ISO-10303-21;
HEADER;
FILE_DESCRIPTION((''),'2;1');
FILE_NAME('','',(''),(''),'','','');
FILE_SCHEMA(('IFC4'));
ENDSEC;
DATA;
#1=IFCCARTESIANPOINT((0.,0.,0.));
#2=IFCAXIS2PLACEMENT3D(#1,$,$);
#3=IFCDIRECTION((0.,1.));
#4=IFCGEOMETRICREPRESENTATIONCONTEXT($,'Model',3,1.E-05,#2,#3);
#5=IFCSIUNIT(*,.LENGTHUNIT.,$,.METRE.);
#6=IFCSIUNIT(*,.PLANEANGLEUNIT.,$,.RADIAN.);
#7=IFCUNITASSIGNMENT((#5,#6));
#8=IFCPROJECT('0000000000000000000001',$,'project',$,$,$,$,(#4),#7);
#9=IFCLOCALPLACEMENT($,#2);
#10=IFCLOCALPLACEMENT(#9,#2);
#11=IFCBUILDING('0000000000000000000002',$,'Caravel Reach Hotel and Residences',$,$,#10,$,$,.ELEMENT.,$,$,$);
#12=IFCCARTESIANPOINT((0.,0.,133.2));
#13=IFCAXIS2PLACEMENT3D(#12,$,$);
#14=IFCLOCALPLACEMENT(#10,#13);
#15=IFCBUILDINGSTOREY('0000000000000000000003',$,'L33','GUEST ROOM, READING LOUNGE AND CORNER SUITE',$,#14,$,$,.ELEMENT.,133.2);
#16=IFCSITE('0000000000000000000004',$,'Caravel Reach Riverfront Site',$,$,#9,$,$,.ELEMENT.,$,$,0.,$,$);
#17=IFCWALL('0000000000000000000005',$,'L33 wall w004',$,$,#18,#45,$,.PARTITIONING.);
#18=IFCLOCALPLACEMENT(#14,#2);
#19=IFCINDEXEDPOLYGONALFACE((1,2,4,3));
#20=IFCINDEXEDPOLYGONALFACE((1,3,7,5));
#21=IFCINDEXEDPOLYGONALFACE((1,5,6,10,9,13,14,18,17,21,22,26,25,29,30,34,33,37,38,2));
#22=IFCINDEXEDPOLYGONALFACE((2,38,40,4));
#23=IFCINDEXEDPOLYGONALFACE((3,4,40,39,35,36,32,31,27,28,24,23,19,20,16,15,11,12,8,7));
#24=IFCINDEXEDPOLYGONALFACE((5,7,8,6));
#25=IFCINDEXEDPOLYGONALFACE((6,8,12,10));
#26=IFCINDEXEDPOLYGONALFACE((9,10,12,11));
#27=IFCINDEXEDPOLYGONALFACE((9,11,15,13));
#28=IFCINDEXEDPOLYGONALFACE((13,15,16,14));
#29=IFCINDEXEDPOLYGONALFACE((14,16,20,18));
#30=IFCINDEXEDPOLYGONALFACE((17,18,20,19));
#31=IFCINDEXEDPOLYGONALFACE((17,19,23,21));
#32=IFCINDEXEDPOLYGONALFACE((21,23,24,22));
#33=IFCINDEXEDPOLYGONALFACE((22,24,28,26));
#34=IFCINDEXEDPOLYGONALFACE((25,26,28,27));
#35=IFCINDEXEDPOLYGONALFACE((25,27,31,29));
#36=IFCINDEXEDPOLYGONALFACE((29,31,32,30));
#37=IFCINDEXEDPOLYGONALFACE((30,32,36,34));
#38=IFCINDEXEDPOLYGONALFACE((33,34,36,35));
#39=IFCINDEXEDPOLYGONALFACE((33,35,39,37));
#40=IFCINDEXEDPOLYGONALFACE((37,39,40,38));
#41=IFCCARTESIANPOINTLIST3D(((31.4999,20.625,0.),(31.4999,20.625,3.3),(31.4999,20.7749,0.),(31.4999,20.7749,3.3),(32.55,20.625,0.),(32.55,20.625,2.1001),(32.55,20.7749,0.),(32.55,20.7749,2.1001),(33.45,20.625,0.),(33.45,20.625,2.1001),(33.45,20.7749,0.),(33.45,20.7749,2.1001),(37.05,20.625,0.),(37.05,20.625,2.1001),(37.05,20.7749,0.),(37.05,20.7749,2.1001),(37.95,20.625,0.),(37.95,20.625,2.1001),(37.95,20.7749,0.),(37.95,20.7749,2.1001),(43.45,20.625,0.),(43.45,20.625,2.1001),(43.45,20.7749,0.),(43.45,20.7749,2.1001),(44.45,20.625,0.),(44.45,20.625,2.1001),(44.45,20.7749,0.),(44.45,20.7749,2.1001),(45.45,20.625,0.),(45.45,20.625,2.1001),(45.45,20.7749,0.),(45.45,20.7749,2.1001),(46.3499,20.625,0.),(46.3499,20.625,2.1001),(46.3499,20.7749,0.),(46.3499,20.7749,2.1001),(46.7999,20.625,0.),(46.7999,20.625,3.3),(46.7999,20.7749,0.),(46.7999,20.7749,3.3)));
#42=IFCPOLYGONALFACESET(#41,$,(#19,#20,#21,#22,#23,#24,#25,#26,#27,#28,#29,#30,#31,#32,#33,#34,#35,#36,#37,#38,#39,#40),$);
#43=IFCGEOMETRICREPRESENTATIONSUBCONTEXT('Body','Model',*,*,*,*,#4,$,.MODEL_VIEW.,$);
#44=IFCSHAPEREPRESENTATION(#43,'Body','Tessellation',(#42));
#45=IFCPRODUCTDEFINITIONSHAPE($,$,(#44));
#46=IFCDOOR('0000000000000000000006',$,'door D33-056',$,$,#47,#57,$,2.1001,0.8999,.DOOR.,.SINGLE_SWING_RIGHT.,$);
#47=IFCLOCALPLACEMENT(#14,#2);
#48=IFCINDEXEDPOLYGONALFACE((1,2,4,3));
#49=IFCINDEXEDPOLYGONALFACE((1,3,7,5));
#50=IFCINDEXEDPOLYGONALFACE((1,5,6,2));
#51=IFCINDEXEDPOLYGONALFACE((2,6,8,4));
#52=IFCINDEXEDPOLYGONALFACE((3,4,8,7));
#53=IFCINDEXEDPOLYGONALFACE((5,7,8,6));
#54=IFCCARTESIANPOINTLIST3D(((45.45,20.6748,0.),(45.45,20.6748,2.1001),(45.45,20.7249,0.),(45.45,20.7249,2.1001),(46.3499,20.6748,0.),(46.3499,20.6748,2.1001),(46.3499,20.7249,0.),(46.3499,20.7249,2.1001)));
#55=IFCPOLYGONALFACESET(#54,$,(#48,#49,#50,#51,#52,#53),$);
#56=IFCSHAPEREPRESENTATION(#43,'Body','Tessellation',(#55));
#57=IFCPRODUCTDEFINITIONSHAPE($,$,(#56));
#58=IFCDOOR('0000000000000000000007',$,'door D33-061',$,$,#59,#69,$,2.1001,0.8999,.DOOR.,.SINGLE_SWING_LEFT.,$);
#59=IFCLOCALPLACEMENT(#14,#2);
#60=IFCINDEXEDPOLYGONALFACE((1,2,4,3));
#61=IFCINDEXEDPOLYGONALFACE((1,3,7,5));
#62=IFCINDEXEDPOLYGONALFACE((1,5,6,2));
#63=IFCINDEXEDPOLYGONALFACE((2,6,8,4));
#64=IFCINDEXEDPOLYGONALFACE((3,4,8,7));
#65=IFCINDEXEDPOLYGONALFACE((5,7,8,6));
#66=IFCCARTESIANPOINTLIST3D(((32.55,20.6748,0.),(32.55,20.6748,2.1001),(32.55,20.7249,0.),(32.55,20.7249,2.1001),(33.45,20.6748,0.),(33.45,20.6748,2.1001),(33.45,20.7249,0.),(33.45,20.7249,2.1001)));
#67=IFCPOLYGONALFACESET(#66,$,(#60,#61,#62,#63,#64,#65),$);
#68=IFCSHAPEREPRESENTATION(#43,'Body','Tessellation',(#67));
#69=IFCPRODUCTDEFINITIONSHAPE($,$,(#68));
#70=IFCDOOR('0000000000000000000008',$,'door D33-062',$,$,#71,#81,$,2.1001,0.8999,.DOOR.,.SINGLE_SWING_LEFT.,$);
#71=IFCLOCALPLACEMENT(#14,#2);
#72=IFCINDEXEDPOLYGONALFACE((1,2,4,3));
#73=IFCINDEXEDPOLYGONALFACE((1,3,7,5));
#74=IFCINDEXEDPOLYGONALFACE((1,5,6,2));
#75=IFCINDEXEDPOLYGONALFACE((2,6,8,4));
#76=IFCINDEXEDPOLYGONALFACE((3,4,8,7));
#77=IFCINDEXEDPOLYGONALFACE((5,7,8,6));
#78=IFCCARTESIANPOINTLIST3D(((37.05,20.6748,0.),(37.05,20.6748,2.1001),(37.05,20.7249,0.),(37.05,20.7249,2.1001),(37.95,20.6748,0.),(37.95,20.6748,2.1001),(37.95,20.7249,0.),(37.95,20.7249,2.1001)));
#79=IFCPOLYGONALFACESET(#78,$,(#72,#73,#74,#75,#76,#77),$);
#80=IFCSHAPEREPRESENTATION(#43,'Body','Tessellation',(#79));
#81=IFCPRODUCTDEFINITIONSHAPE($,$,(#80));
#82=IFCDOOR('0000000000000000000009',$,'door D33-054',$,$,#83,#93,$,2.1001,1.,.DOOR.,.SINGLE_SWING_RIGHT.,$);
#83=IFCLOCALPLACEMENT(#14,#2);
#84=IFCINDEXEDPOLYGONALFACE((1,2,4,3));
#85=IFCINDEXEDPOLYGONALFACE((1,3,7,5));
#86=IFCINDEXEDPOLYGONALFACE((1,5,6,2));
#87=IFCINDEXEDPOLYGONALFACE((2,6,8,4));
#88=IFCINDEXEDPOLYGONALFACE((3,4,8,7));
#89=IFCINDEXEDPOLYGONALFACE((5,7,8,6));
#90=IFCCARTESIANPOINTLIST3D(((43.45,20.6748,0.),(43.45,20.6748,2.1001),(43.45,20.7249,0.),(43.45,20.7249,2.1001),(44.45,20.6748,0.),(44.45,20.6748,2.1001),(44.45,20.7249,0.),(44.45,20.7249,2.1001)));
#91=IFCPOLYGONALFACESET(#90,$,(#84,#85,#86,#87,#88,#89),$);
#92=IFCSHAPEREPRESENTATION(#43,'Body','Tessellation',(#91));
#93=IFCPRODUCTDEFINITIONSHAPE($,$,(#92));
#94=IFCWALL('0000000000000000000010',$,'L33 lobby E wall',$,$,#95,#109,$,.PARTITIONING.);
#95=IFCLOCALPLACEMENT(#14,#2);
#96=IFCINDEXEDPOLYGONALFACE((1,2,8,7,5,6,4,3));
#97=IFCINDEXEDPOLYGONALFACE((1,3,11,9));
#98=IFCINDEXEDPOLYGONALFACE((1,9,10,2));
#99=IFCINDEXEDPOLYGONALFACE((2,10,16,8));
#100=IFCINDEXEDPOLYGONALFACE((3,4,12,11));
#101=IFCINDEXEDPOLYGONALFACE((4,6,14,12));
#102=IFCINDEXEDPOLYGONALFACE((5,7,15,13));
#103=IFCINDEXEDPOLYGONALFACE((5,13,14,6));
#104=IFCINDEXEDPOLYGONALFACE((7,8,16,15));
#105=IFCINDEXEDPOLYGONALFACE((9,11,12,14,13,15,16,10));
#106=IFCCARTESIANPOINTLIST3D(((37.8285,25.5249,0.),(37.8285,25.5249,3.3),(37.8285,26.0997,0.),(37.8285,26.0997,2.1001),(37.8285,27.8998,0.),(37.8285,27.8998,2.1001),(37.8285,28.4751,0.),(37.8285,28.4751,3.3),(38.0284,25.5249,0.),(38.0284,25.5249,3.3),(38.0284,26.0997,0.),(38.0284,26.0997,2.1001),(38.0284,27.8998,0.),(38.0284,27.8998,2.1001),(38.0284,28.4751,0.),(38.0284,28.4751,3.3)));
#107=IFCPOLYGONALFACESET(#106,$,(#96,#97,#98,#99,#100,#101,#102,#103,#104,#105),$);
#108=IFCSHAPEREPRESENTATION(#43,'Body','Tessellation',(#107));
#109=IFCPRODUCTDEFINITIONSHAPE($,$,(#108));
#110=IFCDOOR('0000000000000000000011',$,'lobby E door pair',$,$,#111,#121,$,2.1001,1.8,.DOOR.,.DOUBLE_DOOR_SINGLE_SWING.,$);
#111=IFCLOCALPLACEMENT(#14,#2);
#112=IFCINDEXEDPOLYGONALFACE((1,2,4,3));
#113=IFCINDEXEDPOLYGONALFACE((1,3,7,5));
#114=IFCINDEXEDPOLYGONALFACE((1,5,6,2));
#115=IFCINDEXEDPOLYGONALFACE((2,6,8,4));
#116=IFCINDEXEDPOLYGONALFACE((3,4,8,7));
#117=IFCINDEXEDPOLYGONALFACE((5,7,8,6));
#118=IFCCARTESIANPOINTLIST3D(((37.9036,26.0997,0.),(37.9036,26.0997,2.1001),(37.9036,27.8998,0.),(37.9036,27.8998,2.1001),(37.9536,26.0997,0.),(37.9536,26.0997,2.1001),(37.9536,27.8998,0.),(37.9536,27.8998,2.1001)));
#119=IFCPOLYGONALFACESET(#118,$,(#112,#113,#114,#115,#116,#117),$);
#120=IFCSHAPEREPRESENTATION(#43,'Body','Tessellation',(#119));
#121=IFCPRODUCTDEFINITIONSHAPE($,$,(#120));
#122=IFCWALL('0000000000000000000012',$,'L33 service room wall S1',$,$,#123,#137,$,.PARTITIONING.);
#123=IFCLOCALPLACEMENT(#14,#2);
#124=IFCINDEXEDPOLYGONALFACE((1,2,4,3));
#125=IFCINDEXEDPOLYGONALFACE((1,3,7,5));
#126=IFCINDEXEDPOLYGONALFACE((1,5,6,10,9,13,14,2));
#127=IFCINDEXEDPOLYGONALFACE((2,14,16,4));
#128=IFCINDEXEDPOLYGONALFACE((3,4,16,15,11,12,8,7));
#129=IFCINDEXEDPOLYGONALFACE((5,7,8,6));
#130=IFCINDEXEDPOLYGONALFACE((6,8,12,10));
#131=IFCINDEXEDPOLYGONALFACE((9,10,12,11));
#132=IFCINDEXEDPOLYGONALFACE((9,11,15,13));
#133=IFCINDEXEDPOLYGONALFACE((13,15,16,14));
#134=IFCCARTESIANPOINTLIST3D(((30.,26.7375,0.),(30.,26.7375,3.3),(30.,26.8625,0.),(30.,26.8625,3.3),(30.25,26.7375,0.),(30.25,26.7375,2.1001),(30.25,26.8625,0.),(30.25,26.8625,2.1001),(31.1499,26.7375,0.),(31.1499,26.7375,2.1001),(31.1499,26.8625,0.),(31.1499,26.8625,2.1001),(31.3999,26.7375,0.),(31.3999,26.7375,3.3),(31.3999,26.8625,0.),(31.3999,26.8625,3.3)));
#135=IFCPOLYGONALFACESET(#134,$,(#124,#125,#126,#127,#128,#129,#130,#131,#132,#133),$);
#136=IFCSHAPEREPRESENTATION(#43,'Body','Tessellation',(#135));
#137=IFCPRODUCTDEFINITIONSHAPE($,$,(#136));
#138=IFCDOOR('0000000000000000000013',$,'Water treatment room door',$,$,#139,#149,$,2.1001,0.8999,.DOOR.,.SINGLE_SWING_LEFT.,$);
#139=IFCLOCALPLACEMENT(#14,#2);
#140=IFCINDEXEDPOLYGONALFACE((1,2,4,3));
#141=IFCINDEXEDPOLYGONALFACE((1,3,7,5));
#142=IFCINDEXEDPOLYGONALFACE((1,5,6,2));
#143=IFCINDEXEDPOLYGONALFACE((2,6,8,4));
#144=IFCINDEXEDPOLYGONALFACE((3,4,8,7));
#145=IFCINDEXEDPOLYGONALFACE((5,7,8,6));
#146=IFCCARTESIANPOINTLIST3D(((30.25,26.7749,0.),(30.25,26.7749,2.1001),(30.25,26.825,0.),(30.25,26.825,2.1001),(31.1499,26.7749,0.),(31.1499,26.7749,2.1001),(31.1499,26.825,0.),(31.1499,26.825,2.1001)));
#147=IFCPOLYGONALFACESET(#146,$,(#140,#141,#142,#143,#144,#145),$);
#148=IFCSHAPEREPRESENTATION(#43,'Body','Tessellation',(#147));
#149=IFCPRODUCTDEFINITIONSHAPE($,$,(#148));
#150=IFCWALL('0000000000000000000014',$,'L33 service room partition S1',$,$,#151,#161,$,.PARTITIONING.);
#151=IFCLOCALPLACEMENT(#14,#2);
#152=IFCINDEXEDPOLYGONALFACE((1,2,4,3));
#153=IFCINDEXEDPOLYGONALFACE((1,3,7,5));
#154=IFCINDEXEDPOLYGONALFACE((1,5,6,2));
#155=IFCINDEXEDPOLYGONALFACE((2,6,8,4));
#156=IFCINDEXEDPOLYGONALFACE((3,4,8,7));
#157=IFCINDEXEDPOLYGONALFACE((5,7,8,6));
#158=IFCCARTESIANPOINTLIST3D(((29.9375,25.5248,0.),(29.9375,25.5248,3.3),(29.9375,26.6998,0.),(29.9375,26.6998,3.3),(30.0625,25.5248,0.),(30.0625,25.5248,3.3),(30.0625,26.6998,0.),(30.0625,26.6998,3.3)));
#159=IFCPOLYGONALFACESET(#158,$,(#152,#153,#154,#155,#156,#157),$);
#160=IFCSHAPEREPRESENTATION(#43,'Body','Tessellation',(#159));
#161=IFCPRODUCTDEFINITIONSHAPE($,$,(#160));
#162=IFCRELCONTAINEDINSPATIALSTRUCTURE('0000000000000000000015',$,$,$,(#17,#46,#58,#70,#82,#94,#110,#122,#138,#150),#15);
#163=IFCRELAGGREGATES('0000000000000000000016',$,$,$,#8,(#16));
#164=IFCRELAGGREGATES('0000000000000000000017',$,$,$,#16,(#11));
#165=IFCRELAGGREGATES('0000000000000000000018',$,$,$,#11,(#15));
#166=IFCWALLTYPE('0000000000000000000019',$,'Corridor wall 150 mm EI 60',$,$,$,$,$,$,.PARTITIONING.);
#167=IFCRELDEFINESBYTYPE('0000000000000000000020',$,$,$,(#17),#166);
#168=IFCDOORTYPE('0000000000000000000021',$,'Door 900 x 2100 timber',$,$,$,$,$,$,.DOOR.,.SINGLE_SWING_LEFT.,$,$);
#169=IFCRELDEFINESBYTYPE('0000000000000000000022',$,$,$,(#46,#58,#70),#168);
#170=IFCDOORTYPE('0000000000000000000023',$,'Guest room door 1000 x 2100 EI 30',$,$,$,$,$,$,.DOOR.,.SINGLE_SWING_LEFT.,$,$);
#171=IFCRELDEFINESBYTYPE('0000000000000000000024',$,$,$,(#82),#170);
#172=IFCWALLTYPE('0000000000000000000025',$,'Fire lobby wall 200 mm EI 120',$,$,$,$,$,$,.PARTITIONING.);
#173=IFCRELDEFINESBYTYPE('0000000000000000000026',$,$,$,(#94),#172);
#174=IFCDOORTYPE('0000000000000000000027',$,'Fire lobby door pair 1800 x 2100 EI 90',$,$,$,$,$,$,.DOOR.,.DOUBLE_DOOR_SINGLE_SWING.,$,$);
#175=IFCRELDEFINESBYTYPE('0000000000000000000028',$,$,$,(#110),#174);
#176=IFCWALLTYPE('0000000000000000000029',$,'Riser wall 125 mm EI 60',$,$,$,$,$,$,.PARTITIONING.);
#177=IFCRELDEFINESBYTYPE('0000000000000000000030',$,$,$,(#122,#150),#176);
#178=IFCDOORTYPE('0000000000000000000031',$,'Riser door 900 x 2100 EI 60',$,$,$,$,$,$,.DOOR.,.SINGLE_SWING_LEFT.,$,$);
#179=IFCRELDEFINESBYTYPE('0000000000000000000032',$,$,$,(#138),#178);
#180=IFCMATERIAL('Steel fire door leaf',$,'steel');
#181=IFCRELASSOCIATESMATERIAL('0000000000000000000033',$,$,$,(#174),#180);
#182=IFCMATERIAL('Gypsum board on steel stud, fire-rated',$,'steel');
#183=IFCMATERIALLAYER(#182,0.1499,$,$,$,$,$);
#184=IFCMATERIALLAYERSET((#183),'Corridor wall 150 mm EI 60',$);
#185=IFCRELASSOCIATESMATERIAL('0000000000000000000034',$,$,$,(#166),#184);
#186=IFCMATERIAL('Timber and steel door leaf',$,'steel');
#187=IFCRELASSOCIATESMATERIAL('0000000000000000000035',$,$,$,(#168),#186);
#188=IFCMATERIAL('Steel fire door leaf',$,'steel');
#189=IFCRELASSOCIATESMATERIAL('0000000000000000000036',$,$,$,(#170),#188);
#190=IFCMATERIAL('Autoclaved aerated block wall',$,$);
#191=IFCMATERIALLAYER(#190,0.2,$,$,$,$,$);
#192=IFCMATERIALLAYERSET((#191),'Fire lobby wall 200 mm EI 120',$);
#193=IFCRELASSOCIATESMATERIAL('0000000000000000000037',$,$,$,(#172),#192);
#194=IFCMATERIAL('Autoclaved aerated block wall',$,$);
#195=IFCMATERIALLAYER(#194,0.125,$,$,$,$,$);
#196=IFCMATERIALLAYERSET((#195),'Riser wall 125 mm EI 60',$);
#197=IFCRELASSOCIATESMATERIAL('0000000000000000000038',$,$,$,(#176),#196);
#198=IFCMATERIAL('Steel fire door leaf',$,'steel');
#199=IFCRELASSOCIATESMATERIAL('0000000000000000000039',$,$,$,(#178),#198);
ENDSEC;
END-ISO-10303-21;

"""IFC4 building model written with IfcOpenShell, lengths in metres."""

from ifc_helpers import new_model, si_unit, direction, frame, frame_2d, origin, place, context, subcontext, project, spatial, rectangle, extrude, material, layer, layer_set, type_object, element, fill, save


model = new_model("IFC4")

# Units and contexts
model_context = context("Model", 3, precision=1e-05, world=origin(), true_north=direction((0.0, 1.0)))
body_context = subcontext(model_context, "Body", "Model", "MODEL_VIEW")
ifc_project = project(units=[si_unit("LENGTHUNIT", "METRE"), si_unit("PLANEANGLEUNIT", "RADIAN")], contexts=[model_context])

# Site, building, storey
site_placement = place(None, origin())
site = spatial("IfcSite", under=ifc_project, at=site_placement, Name="Caravel Reach Riverfront Site", CompositionType="ELEMENT", RefElevation=0.0)
building_placement = place(site_placement, origin())
building = spatial("IfcBuilding", under=site, at=building_placement, Name="Caravel Reach Hotel and Residences", CompositionType="ELEMENT")
storey_placement = place(building_placement, frame((0.0, 0.0, 133.2)))
storey = spatial("IfcBuildingStorey", under=building, at=storey_placement, Name="L33", Description="GUEST ROOM, READING LOUNGE AND CORNER SUITE", CompositionType="ELEMENT", Elevation=133.2)

# Shared definitions
ifc_material_1 = material(Name="Steel fire door leaf", Category="steel")
door_type_1 = type_object("IfcDoorType", Name="Fire lobby door pair 1800 x 2100 EI 90", OperationType="DOUBLE_DOOR_SINGLE_SWING", PredefinedType="DOOR", material=ifc_material_1)

# Wall, openings, doors
ifc_material_2 = material(Name="Gypsum board on steel stud, fire-rated", Category="steel")
ifc_layer_1 = layer(ifc_material_2, 0.1499)
ifc_layer_set_1 = layer_set([ifc_layer_1], Name="Corridor wall 150 mm EI 60")
wall_type_1 = type_object("IfcWallType", Name="Corridor wall 150 mm EI 60", PredefinedType="PARTITIONING", material=ifc_layer_set_1)
wall_1_placement = place(storey_placement, frame((31.5, 20.7, 0.0), z_axis=(0.0, 0.0, 1.0), x_axis=(1.0, 0.0, 0.0)))
wall_1 = element("IfcWall", 1, at=wall_1_placement, inside=storey, type_object=wall_type_1, Name="L33 wall w004", PredefinedType="PARTITIONING", context=body_context, shape_type="SweptSolid", body=[
    extrude(rectangle(XDim=15.3, YDim=0.1499, at=frame_2d((7.6499, 0.0))), origin(), (0.0, 0.0, 1.0), 3.3),
])
opening_1_placement = place(wall_1_placement, frame((11.95, 0.0, 0.0)))
opening_1 = element("IfcOpeningElement", 2, at=opening_1_placement, cuts=wall_1, PredefinedType="OPENING", context=body_context, shape_type="SweptSolid", body=[
    extrude(rectangle(XDim=1.0, YDim=2.1001, at=frame_2d((0.5, 1.05))), frame((0.0, 0.085, 0.0), z_axis=(0.0, -1.0, 0.0), x_axis=(1.0, 0.0, 0.0)), (0.0, 0.0, 1.0), 0.1699),
])
opening_2_placement = place(wall_1_placement, frame((13.95, 0.0, 0.0)))
opening_2 = element("IfcOpeningElement", 3, at=opening_2_placement, cuts=wall_1, PredefinedType="OPENING", context=body_context, shape_type="SweptSolid", body=[
    extrude(rectangle(XDim=0.8999, YDim=2.1001, at=frame_2d((0.45, 1.05))), frame((0.0, 0.085, 0.0), z_axis=(0.0, -1.0, 0.0), x_axis=(1.0, 0.0, 0.0)), (0.0, 0.0, 1.0), 0.1699),
])
opening_3_placement = place(wall_1_placement, frame((1.05, 0.0, 0.0)))
opening_3 = element("IfcOpeningElement", 4, at=opening_3_placement, cuts=wall_1, PredefinedType="OPENING", context=body_context, shape_type="SweptSolid", body=[
    extrude(rectangle(XDim=0.8999, YDim=2.1001, at=frame_2d((0.45, 1.05))), frame((0.0, 0.085, 0.0), z_axis=(0.0, -1.0, 0.0), x_axis=(1.0, 0.0, 0.0)), (0.0, 0.0, 1.0), 0.1699),
])
opening_4_placement = place(wall_1_placement, frame((5.55, 0.0, 0.0)))
opening_4 = element("IfcOpeningElement", 5, at=opening_4_placement, cuts=wall_1, PredefinedType="OPENING", context=body_context, shape_type="SweptSolid", body=[
    extrude(rectangle(XDim=0.8999, YDim=2.1001, at=frame_2d((0.45, 1.05))), frame((0.0, 0.085, 0.0), z_axis=(0.0, -1.0, 0.0), x_axis=(1.0, 0.0, 0.0)), (0.0, 0.0, 1.0), 0.1699),
])
ifc_material_3 = material(Name="Timber and steel door leaf", Category="steel")
door_type_2 = type_object("IfcDoorType", Name="Door 900 x 2100 timber", OperationType="SINGLE_SWING_LEFT", PredefinedType="DOOR", material=ifc_material_3)
door_1_placement = place(opening_2_placement, origin())
door_1 = element("IfcDoor", 6, at=door_1_placement, inside=storey, type_object=door_type_2, Name="door D33-056", OperationType="SINGLE_SWING_RIGHT", OverallHeight=2.1001, OverallWidth=0.8999, PredefinedType="DOOR", context=body_context, shape_type="SweptSolid", body=[
    extrude(rectangle(XDim=0.8999, YDim=2.1001, at=frame_2d((0.45, 1.05))), frame((0.0, 0.0249, 0.0), z_axis=(0.0, -1.0, 0.0), x_axis=(1.0, 0.0, 0.0)), (0.0, 0.0, 1.0), 0.05),
])
fill(opening_2, door_1)
door_2_placement = place(opening_3_placement, origin())
door_2 = element("IfcDoor", 7, at=door_2_placement, inside=storey, type_object=door_type_2, Name="door D33-061", OperationType="SINGLE_SWING_LEFT", OverallHeight=2.1001, OverallWidth=0.8999, PredefinedType="DOOR", context=body_context, shape_type="SweptSolid", body=[
    extrude(rectangle(XDim=0.8999, YDim=2.1001, at=frame_2d((0.45, 1.05))), frame((0.0, 0.0249, 0.0), z_axis=(0.0, -1.0, 0.0), x_axis=(1.0, 0.0, 0.0)), (0.0, 0.0, 1.0), 0.05),
])
fill(opening_3, door_2)
door_3_placement = place(opening_4_placement, origin())
door_3 = element("IfcDoor", 8, at=door_3_placement, inside=storey, type_object=door_type_2, Name="door D33-062", OperationType="SINGLE_SWING_LEFT", OverallHeight=2.1001, OverallWidth=0.8999, PredefinedType="DOOR", context=body_context, shape_type="SweptSolid", body=[
    extrude(rectangle(XDim=0.8999, YDim=2.1001, at=frame_2d((0.45, 1.05))), frame((0.0, 0.0249, 0.0), z_axis=(0.0, -1.0, 0.0), x_axis=(1.0, 0.0, 0.0)), (0.0, 0.0, 1.0), 0.05),
])
fill(opening_4, door_3)
ifc_material_4 = material(Name="Steel fire door leaf", Category="steel")
door_type_3 = type_object("IfcDoorType", Name="Guest room door 1000 x 2100 EI 30", OperationType="SINGLE_SWING_LEFT", PredefinedType="DOOR", material=ifc_material_4)
door_4_placement = place(opening_1_placement, origin())
door_4 = element("IfcDoor", 9, at=door_4_placement, inside=storey, type_object=door_type_3, Name="door D33-054", OperationType="SINGLE_SWING_RIGHT", OverallHeight=2.1001, OverallWidth=1.0, PredefinedType="DOOR", context=body_context, shape_type="SweptSolid", body=[
    extrude(rectangle(XDim=1.0, YDim=2.1001, at=frame_2d((0.5, 1.05))), frame((0.0, 0.0249, 0.0), z_axis=(0.0, -1.0, 0.0), x_axis=(1.0, 0.0, 0.0)), (0.0, 0.0, 1.0), 0.05),
])
fill(opening_1, door_4)

# Walls, openings, doors
ifc_material_5 = material(Name="Autoclaved aerated block wall")
ifc_layer_2 = layer(ifc_material_5, 0.2)
ifc_layer_set_2 = layer_set([ifc_layer_2], Name="Fire lobby wall 200 mm EI 120")
wall_type_2 = type_object("IfcWallType", Name="Fire lobby wall 200 mm EI 120", PredefinedType="PARTITIONING", material=ifc_layer_set_2)
wall_2_placement = place(storey_placement, frame((37.9285, 25.5249, 0.0), z_axis=(0.0, 0.0, 1.0), x_axis=(0.0, 1.0, 0.0)))
wall_2 = element("IfcWall", 10, at=wall_2_placement, inside=storey, type_object=wall_type_2, Name="L33 lobby E wall", PredefinedType="PARTITIONING", context=body_context, shape_type="SweptSolid", body=[
    extrude(rectangle(XDim=2.9502, YDim=0.2, at=frame_2d((1.4751, 0.0))), origin(), (0.0, 0.0, 1.0), 3.3),
])
opening_5_placement = place(wall_2_placement, frame((0.575, 0.0, 0.0)))
opening_5 = element("IfcOpeningElement", 11, at=opening_5_placement, cuts=wall_2, PredefinedType="OPENING", context=body_context, shape_type="SweptSolid", body=[
    extrude(rectangle(XDim=1.8, YDim=2.1001, at=frame_2d((0.8999, 1.05))), frame((0.0, 0.1099, 0.0), z_axis=(0.0, -1.0, 0.0), x_axis=(1.0, 0.0, 0.0)), (0.0, 0.0, 1.0), 0.22),
])
door_5_placement = place(opening_5_placement, origin())
door_5 = element("IfcDoor", 12, at=door_5_placement, inside=storey, type_object=door_type_1, Name="lobby E door pair", OperationType="DOUBLE_DOOR_SINGLE_SWING", OverallHeight=2.1001, OverallWidth=1.8, PredefinedType="DOOR", context=body_context, shape_type="SweptSolid", body=[
    extrude(rectangle(XDim=1.8, YDim=2.1001, at=frame_2d((0.8999, 1.05))), frame((0.0, 0.0249, 0.0), z_axis=(0.0, -1.0, 0.0), x_axis=(1.0, 0.0, 0.0)), (0.0, 0.0, 1.0), 0.05),
])
fill(opening_5, door_5)
ifc_material_6 = material(Name="Autoclaved aerated block wall")
ifc_layer_3 = layer(ifc_material_6, 0.125)
ifc_layer_set_3 = layer_set([ifc_layer_3], Name="Riser wall 125 mm EI 60")
wall_type_3 = type_object("IfcWallType", Name="Riser wall 125 mm EI 60", PredefinedType="PARTITIONING", material=ifc_layer_set_3)
wall_3_placement = place(storey_placement, frame((30.0, 26.8, 0.0), z_axis=(0.0, 0.0, 1.0), x_axis=(1.0, 0.0, 0.0)))
wall_3 = element("IfcWall", 13, at=wall_3_placement, inside=storey, type_object=wall_type_3, Name="L33 service room wall S1", PredefinedType="PARTITIONING", context=body_context, shape_type="SweptSolid", body=[
    extrude(rectangle(XDim=1.3999, YDim=0.125, at=frame_2d((0.7, 0.0))), origin(), (0.0, 0.0, 1.0), 3.3),
])
opening_6_placement = place(wall_3_placement, frame((0.25, 0.0, 0.0)))
opening_6 = element("IfcOpeningElement", 14, at=opening_6_placement, cuts=wall_3, PredefinedType="OPENING", context=body_context, shape_type="SweptSolid", body=[
    extrude(rectangle(XDim=0.8999, YDim=2.1001, at=frame_2d((0.45, 1.05))), frame((0.0, 0.0725, 0.0), z_axis=(0.0, -1.0, 0.0), x_axis=(1.0, 0.0, 0.0)), (0.0, 0.0, 1.0), 0.145),
])
ifc_material_7 = material(Name="Steel fire door leaf", Category="steel")
door_type_4 = type_object("IfcDoorType", Name="Riser door 900 x 2100 EI 60", OperationType="SINGLE_SWING_LEFT", PredefinedType="DOOR", material=ifc_material_7)
door_6_placement = place(opening_6_placement, origin())
door_6 = element("IfcDoor", 15, at=door_6_placement, inside=storey, type_object=door_type_4, Name="Water treatment room door", OperationType="SINGLE_SWING_LEFT", OverallHeight=2.1001, OverallWidth=0.8999, PredefinedType="DOOR", context=body_context, shape_type="SweptSolid", body=[
    extrude(rectangle(XDim=0.8999, YDim=2.1001, at=frame_2d((0.45, 1.05))), frame((0.0, 0.0249, 0.0), z_axis=(0.0, -1.0, 0.0), x_axis=(1.0, 0.0, 0.0)), (0.0, 0.0, 1.0), 0.05),
])
fill(opening_6, door_6)

# Wall
for number, where, z_axis, x_axis, name in (
    (16, (30.0, 25.5249, 0.0), (0.0, 0.0, 1.0), (0.0, 1.0, 0.0), "L33 service room partition S1"),
):
    element("IfcWall", number, at=place(storey_placement, frame(where, z_axis=z_axis, x_axis=x_axis)), inside=storey, type_object=wall_type_3, Name=name, PredefinedType="PARTITIONING", context=body_context, shape_type="SweptSolid", body=[
        extrude(rectangle(XDim=1.175, YDim=0.125, at=frame_2d((0.5874, 0.0))), origin(), (0.0, 0.0, 1.0), 3.3),
    ])

save(model, "model.ifc")
